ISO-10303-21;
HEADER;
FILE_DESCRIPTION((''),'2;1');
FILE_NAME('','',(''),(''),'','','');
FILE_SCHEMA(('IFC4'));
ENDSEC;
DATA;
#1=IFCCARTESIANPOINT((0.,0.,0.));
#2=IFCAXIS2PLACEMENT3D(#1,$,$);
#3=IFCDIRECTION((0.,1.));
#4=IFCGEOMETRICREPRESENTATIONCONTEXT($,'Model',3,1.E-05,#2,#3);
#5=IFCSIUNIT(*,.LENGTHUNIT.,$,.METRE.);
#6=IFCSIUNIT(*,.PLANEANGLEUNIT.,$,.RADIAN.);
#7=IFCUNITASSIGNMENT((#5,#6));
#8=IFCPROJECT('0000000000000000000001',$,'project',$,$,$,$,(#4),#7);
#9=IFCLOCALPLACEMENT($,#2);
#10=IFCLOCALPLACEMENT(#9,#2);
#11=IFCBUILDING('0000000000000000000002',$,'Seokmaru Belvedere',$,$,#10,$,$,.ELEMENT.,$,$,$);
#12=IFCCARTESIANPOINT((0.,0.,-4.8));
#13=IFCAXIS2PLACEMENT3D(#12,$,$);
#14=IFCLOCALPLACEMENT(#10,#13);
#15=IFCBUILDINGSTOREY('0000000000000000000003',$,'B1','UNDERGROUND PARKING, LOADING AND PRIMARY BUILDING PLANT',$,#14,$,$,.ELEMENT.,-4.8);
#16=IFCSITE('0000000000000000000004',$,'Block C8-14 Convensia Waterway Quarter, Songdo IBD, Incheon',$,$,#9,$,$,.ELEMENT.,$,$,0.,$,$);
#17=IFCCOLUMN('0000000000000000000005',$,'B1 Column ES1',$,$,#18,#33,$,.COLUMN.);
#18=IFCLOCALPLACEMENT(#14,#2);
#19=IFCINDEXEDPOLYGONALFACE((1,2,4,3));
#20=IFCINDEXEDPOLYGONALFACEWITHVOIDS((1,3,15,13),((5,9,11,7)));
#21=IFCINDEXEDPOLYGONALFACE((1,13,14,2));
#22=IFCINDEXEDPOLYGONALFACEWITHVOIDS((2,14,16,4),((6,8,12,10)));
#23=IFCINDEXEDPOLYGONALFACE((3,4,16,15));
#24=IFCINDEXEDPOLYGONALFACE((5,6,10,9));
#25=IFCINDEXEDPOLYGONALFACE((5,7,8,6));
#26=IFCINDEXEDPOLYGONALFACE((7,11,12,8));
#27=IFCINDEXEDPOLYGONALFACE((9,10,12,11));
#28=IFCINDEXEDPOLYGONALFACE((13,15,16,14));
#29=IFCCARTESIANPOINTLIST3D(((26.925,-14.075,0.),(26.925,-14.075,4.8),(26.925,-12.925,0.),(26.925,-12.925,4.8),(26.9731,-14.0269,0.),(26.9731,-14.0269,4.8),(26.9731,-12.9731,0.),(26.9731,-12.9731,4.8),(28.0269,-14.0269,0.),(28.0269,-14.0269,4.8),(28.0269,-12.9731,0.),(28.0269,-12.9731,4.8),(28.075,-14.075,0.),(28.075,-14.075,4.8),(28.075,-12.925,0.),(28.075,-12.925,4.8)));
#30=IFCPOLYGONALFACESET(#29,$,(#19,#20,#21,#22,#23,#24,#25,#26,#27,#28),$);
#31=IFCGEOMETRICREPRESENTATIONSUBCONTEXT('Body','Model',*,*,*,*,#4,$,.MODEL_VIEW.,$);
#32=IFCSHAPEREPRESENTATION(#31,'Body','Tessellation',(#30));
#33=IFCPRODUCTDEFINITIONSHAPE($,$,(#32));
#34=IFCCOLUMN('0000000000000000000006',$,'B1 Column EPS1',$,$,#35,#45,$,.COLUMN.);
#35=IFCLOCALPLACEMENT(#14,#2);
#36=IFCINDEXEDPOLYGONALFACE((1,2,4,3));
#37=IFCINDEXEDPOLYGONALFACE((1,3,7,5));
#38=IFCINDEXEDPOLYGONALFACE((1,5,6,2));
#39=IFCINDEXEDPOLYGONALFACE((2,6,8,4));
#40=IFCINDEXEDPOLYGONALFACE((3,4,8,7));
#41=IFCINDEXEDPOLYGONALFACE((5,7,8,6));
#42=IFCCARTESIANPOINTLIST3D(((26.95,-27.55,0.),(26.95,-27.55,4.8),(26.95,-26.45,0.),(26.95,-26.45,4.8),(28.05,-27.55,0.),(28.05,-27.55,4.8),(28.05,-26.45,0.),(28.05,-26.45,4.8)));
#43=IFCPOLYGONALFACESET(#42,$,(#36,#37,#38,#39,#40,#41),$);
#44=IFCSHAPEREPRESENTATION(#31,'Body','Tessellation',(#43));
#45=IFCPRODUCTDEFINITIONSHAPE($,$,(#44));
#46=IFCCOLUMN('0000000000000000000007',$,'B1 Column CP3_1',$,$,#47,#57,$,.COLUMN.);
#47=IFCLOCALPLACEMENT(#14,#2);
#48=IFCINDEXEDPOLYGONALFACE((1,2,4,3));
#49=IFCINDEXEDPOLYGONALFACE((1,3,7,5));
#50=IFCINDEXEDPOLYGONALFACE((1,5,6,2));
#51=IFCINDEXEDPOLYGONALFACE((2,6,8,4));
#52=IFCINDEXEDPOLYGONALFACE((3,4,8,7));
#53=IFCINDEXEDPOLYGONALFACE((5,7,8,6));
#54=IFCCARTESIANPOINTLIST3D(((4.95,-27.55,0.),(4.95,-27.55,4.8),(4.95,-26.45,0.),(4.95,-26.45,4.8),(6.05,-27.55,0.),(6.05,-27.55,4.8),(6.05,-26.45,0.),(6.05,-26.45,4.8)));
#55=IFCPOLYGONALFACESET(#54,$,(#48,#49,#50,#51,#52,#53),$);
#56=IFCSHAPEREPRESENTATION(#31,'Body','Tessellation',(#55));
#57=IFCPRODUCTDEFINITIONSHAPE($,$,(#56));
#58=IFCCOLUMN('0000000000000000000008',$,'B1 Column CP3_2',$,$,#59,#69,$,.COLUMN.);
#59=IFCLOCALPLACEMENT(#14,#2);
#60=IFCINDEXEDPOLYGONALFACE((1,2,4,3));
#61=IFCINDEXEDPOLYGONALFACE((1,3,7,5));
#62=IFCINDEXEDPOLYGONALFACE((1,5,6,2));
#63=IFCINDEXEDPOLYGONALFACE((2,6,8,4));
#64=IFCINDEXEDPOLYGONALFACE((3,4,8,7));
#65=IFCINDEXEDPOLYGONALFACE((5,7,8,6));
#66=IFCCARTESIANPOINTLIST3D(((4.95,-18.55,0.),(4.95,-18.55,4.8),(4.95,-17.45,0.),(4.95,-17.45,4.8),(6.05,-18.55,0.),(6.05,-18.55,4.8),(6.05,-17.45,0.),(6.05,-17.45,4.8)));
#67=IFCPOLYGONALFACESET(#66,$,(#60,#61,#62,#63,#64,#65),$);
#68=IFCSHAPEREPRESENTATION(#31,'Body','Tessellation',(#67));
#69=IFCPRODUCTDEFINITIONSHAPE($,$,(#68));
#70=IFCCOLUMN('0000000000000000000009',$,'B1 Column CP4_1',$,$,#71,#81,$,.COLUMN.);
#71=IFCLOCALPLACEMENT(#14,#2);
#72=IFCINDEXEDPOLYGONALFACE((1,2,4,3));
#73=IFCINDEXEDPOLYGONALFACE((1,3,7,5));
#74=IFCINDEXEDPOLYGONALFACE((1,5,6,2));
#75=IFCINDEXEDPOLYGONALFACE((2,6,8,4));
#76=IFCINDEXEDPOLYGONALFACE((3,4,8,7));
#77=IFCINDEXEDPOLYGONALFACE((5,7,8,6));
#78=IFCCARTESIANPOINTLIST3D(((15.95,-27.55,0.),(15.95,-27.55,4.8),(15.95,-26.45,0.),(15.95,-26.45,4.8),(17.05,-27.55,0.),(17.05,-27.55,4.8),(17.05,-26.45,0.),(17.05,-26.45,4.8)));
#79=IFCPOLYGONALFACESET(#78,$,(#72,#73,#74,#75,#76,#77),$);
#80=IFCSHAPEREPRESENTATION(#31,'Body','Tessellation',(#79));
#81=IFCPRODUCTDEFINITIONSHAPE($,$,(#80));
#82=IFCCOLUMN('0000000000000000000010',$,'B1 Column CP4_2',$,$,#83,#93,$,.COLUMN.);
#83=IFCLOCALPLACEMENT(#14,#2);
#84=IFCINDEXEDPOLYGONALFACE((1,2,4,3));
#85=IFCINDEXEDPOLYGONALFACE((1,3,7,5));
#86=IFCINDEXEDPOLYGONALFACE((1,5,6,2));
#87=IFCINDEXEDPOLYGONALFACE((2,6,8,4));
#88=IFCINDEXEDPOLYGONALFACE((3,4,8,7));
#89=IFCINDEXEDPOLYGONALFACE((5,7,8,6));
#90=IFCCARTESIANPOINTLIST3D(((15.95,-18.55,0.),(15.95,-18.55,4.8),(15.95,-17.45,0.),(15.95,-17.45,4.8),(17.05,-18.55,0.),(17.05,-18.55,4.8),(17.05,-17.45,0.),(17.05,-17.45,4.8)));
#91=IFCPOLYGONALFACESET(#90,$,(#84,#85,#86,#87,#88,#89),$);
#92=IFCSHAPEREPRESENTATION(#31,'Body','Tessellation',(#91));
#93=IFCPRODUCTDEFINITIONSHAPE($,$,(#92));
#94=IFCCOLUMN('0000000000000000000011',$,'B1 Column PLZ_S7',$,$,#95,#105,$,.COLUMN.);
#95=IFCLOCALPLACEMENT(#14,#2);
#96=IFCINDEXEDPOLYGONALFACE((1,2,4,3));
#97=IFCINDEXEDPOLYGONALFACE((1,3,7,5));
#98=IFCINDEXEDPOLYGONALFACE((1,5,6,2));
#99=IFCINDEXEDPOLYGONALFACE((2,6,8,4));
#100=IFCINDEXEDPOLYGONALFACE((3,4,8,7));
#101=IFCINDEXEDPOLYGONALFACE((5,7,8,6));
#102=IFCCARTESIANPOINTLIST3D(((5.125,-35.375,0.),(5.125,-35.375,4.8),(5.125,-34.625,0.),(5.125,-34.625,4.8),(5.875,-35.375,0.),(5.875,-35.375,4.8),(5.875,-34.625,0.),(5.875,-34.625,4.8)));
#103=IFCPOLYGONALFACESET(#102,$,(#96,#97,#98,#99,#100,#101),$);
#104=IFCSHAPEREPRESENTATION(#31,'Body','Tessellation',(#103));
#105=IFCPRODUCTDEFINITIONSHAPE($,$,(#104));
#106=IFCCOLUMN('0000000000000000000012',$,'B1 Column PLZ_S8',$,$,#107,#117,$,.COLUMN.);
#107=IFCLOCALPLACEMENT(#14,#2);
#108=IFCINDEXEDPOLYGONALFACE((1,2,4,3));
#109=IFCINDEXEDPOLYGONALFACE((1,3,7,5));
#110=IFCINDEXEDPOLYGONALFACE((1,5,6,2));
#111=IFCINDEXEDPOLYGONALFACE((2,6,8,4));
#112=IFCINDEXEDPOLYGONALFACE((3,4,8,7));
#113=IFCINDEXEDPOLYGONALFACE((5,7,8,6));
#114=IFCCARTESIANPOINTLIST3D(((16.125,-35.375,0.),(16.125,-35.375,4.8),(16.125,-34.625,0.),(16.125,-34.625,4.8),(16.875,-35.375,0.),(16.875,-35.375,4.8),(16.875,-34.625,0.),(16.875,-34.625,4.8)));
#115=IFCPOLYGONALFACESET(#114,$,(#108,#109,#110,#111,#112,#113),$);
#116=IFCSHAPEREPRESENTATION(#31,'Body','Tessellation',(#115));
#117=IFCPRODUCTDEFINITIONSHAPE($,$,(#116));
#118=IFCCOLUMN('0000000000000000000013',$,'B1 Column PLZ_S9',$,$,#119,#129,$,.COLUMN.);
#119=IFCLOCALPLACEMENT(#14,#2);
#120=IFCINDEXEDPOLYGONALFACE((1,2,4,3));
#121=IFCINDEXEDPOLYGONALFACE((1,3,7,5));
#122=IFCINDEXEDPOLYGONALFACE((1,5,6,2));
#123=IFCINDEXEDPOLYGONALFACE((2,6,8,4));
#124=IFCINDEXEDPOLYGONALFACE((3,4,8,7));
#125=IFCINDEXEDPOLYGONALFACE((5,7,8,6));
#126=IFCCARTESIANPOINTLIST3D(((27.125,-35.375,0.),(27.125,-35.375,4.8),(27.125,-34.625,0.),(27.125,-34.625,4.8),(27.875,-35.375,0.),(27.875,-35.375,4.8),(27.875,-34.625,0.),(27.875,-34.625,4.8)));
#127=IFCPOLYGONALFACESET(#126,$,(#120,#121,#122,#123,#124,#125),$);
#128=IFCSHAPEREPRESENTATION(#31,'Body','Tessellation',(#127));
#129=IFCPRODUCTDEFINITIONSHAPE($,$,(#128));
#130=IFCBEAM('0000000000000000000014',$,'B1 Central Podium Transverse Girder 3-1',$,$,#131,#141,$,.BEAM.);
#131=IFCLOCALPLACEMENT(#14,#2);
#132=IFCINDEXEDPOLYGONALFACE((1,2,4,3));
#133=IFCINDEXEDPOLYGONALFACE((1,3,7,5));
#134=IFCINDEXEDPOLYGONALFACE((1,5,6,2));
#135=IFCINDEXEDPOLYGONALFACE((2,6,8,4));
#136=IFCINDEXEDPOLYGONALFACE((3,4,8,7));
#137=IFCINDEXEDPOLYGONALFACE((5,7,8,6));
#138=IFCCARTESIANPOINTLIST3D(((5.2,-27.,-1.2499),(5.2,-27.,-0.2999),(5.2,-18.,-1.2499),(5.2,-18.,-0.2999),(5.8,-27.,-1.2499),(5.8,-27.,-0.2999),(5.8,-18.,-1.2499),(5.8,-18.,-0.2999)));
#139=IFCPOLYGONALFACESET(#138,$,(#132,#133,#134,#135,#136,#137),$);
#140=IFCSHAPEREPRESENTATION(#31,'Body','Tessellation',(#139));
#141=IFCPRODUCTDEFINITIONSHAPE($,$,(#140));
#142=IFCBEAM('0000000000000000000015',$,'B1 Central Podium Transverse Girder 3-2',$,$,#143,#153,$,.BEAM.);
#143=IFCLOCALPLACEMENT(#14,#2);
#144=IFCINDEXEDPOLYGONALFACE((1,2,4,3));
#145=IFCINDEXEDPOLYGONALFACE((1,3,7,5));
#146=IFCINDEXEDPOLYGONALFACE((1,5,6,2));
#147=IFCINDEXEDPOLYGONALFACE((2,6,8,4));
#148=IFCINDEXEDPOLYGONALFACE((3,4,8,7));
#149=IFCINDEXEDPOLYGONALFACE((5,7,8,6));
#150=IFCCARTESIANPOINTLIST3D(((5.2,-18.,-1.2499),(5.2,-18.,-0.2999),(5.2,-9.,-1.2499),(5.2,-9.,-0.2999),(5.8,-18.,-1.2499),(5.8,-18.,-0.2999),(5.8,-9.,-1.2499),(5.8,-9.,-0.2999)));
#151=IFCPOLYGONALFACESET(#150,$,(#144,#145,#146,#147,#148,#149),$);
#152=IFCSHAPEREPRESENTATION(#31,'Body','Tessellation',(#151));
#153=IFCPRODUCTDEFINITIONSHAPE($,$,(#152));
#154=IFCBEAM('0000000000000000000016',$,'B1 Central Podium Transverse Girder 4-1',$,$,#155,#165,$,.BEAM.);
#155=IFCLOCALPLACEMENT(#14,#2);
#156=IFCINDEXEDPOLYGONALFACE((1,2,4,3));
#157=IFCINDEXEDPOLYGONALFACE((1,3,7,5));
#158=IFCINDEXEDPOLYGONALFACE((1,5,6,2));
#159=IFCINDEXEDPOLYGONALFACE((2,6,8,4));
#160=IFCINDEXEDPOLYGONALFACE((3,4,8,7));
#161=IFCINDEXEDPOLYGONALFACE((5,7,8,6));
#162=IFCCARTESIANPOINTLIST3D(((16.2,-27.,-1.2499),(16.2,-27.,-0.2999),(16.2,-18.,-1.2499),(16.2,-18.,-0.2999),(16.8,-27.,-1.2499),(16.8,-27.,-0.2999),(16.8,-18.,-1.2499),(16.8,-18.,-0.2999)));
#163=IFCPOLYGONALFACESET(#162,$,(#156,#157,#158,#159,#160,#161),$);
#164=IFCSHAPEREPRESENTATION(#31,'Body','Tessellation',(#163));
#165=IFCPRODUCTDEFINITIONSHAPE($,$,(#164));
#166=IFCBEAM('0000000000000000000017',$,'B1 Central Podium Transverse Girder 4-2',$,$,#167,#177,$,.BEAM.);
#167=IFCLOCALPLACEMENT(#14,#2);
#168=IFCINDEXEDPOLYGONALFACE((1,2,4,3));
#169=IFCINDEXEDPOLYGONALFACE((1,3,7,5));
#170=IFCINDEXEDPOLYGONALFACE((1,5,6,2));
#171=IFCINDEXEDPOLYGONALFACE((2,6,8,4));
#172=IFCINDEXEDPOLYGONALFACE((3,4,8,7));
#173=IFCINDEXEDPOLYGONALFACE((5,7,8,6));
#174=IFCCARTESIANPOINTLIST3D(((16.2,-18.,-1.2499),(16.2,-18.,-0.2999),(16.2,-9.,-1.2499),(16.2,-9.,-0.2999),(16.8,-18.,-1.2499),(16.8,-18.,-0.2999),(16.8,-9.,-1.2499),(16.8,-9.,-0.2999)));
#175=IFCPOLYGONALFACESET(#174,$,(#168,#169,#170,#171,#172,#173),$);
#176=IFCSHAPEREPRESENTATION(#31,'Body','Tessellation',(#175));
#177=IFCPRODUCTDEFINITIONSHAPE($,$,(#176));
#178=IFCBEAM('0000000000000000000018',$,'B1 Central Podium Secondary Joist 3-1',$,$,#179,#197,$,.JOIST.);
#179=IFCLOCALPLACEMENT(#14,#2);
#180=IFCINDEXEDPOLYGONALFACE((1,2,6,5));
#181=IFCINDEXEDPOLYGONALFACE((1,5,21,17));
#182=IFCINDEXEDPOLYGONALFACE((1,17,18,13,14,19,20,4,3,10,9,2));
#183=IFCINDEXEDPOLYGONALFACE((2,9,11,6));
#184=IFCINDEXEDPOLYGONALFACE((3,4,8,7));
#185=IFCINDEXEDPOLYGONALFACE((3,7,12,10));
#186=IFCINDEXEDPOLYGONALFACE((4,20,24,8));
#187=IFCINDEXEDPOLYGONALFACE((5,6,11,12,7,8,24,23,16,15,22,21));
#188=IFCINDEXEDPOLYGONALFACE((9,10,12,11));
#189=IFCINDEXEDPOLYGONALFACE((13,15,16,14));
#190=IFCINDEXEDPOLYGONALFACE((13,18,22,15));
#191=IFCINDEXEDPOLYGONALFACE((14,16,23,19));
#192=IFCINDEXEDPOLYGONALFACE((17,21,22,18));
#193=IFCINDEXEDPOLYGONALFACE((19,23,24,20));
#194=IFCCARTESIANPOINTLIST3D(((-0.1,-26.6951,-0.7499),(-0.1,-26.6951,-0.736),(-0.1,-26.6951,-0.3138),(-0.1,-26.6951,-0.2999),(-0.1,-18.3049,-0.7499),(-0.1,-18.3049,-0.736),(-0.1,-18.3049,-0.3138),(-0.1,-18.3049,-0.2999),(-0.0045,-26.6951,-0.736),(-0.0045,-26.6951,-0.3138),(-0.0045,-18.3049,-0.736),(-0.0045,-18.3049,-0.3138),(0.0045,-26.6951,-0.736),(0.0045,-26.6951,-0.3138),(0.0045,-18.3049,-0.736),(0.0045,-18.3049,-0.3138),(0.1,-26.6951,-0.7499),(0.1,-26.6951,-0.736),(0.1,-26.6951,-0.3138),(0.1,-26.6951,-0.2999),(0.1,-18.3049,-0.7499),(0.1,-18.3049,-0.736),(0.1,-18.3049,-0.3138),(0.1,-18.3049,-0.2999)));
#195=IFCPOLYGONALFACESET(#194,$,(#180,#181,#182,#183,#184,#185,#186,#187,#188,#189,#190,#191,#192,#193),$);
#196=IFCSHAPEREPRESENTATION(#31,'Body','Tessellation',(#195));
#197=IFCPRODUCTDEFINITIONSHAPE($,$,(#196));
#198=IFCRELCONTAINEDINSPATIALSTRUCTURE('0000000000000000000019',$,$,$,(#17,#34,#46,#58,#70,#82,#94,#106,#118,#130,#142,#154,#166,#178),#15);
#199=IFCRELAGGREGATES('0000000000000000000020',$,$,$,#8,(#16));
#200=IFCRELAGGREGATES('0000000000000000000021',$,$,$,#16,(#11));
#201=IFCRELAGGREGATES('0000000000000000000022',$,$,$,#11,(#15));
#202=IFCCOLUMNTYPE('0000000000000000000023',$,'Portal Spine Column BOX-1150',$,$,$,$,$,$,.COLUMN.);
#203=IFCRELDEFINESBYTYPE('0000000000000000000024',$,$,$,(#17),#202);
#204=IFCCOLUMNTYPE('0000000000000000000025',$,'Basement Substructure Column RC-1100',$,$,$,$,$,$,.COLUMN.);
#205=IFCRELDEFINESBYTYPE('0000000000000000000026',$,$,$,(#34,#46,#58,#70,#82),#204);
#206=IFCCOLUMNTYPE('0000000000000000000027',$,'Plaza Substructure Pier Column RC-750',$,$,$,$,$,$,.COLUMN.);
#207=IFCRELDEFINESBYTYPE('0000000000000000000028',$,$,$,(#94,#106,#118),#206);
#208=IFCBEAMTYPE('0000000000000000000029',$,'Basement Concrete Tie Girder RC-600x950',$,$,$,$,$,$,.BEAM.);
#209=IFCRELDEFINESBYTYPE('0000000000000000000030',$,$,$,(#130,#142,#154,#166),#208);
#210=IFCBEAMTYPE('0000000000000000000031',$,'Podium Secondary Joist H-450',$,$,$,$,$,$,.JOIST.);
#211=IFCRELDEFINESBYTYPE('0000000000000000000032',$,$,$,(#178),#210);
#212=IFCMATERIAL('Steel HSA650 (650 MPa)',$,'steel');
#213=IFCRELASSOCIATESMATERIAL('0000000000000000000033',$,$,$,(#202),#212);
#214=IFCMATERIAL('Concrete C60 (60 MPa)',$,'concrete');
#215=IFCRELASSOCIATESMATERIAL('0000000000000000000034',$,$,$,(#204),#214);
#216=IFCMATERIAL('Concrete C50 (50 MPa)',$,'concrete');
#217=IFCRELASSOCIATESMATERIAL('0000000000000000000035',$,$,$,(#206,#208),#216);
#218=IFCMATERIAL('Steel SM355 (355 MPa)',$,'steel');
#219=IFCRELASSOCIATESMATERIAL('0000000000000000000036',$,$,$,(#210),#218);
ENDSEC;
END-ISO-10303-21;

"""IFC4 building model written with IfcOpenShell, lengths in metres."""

from ifc_helpers import new_model, si_unit, direction, frame, origin, origin_2d, place, context, subcontext, project, spatial, rectangle, hollow_rectangle, i_section, extrude, source, transform, mapped, material, material_profile, profile_set, type_object, type_shapes, element, save


model = new_model("IFC4")

# Units and contexts
model_context = context("Model", 3, precision=1e-05, world=origin(), true_north=direction((0.0, 1.0)))
body_context = subcontext(model_context, "Body", "Model", "MODEL_VIEW")
ifc_project = project(units=[si_unit("LENGTHUNIT", "METRE"), si_unit("PLANEANGLEUNIT", "RADIAN")], contexts=[model_context])

# Site, building, storey
site_placement = place(None, origin())
site = spatial("IfcSite", under=ifc_project, at=site_placement, Name="Block C8-14 Convensia Waterway Quarter, Songdo IBD, Incheon", CompositionType="ELEMENT", RefElevation=0.0)
building_placement = place(site_placement, origin())
building = spatial("IfcBuilding", under=site, at=building_placement, Name="Seokmaru Belvedere", CompositionType="ELEMENT")
storey_placement = place(building_placement, frame((0.0, 0.0, -4.8)))
storey = spatial("IfcBuildingStorey", under=building, at=storey_placement, Name="B1", Description="UNDERGROUND PARKING, LOADING AND PRIMARY BUILDING PLANT", CompositionType="ELEMENT", Elevation=-4.8)

# Columns
ifc_material_1 = material(Name="Steel HSA650 (650 MPa)", Category="steel")
ifc_material_profile_1 = material_profile(ifc_material_1, hollow_rectangle(XDim=1.1499, YDim=1.1499, WallThickness=0.0481, at=origin_2d()), Name="BOX-1150x1150x48")
ifc_profile_set_1 = profile_set([ifc_material_profile_1], Name="Steel HSA650 (650 MPa)")
column_type_1 = type_object("IfcColumnType", Name="Portal Spine Column BOX-1150", PredefinedType="COLUMN", material=ifc_profile_set_1)
shared_shape_1 = source(origin(), body_context, "Body", "SweptSolid", [
    extrude(hollow_rectangle(XDim=1.1499, YDim=1.1499, WallThickness=0.0481, at=origin_2d()), origin(), (0.0, 0.0, 1.0), 4.8),
])
type_shapes(column_type_1, [shared_shape_1])
column_placement = place(storey_placement, frame((27.5, -13.5, 0.0), z_axis=(0.0, 0.0, 1.0), x_axis=(1.0, 0.0, 0.0)))
element("IfcColumn", 1, at=column_placement, inside=storey, type_object=column_type_1, Name="B1 Column ES1", PredefinedType="COLUMN", context=body_context, shape_type="MappedRepresentation", body=[
    mapped(shared_shape_1, transform((0.0, 0.0, 0.0), scale=1.0)),
])
ifc_material_2 = material(Name="Concrete C60 (60 MPa)", Category="concrete")
ifc_material_profile_2 = material_profile(ifc_material_2, rectangle(XDim=1.1001, YDim=1.1001, at=origin_2d()), Name="RC-1100x1100")
ifc_profile_set_2 = profile_set([ifc_material_profile_2], Name="Concrete C60 (60 MPa)")
column_type_2 = type_object("IfcColumnType", Name="Basement Substructure Column RC-1100", PredefinedType="COLUMN", material=ifc_profile_set_2)
shared_shape_2 = source(origin(), body_context, "Body", "SweptSolid", [
    extrude(rectangle(XDim=1.1001, YDim=1.1001, at=origin_2d()), origin(), (0.0, 0.0, 1.0), 4.8),
])
type_shapes(column_type_2, [shared_shape_2])
for number, where, z_axis, x_axis, name in (
    (2, (27.5, -27.0, 0.0), (0.0, 0.0, 1.0), (1.0, 0.0, 0.0), "B1 Column EPS1"),
    (3, (5.5, -27.0, 0.0), (0.0, 0.0, 1.0), (1.0, 0.0, 0.0), "B1 Column CP3_1"),
    (4, (5.5, -18.0, 0.0), (0.0, 0.0, 1.0), (1.0, 0.0, 0.0), "B1 Column CP3_2"),
    (5, (16.5, -27.0, 0.0), (0.0, 0.0, 1.0), (1.0, 0.0, 0.0), "B1 Column CP4_1"),
    (6, (16.5, -18.0, 0.0), (0.0, 0.0, 1.0), (1.0, 0.0, 0.0), "B1 Column CP4_2"),
):
    element("IfcColumn", number, at=place(storey_placement, frame(where, z_axis=z_axis, x_axis=x_axis)), inside=storey, type_object=column_type_2, Name=name, PredefinedType="COLUMN", context=body_context, shape_type="MappedRepresentation", body=[
        mapped(shared_shape_2, transform((0.0, 0.0, 0.0), scale=1.0)),
    ])
ifc_material_3 = material(Name="Concrete C50 (50 MPa)", Category="concrete")
ifc_material_profile_3 = material_profile(ifc_material_3, rectangle(XDim=0.75, YDim=0.75, at=origin_2d()), Name="RC-750x750")
ifc_profile_set_3 = profile_set([ifc_material_profile_3], Name="Concrete C50 (50 MPa)")
column_type_3 = type_object("IfcColumnType", Name="Plaza Substructure Pier Column RC-750", PredefinedType="COLUMN", material=ifc_profile_set_3)
shared_shape_3 = source(origin(), body_context, "Body", "SweptSolid", [
    extrude(rectangle(XDim=0.75, YDim=0.75, at=origin_2d()), origin(), (0.0, 0.0, 1.0), 4.8),
])
type_shapes(column_type_3, [shared_shape_3])
for number, where, z_axis, x_axis, name in (
    (7, (5.5, -35.0, 0.0), (0.0, 0.0, 1.0), (1.0, 0.0, 0.0), "B1 Column PLZ_S7"),
    (8, (16.5, -35.0, 0.0), (0.0, 0.0, 1.0), (1.0, 0.0, 0.0), "B1 Column PLZ_S8"),
    (9, (27.5, -35.0, 0.0), (0.0, 0.0, 1.0), (1.0, 0.0, 0.0), "B1 Column PLZ_S9"),
):
    element("IfcColumn", number, at=place(storey_placement, frame(where, z_axis=z_axis, x_axis=x_axis)), inside=storey, type_object=column_type_3, Name=name, PredefinedType="COLUMN", context=body_context, shape_type="MappedRepresentation", body=[
        mapped(shared_shape_3, transform((0.0, 0.0, 0.0), scale=1.0)),
    ])

# Beams
ifc_material_profile_4 = material_profile(ifc_material_3, rectangle(XDim=0.6001, YDim=0.95, at=origin_2d()), Name="RC-600x950")
ifc_profile_set_4 = profile_set([ifc_material_profile_4], Name="Concrete C50 (50 MPa)")
beam_type_1 = type_object("IfcBeamType", Name="Basement Concrete Tie Girder RC-600x950", PredefinedType="BEAM", material=ifc_profile_set_4)
shared_shape_4 = source(origin(), body_context, "Body", "SweptSolid", [
    extrude(rectangle(XDim=0.6001, YDim=0.95, at=origin_2d()), origin(), (0.0, 0.0, 1.0), 9.0),
])
for number, where, z_axis, x_axis, name in (
    (10, (5.5, -27.0, -0.7749), (0.0, 1.0, 0.0), (-1.0, 0.0, 0.0), "B1 Central Podium Transverse Girder 3-1"),
    (11, (5.5, -18.0, -0.7749), (0.0, 1.0, 0.0), (-1.0, 0.0, 0.0), "B1 Central Podium Transverse Girder 3-2"),
    (12, (16.5, -27.0, -0.7749), (0.0, 1.0, 0.0), (-1.0, 0.0, 0.0), "B1 Central Podium Transverse Girder 4-1"),
    (13, (16.5, -18.0, -0.7749), (0.0, 1.0, 0.0), (-1.0, 0.0, 0.0), "B1 Central Podium Transverse Girder 4-2"),
):
    element("IfcBeam", number, at=place(storey_placement, frame(where, z_axis=z_axis, x_axis=x_axis)), inside=storey, type_object=beam_type_1, Name=name, PredefinedType="BEAM", context=body_context, shape_type="MappedRepresentation", body=[
        mapped(shared_shape_4, transform((0.0, 0.0, 0.0), scale=1.0)),
    ])
ifc_material_4 = material(Name="Steel SM355 (355 MPa)", Category="steel")
ifc_material_profile_5 = material_profile(ifc_material_4, i_section(OverallWidth=0.2, OverallDepth=0.45, WebThickness=0.009, FlangeThickness=0.0139, at=origin_2d()), Name="H-450x200x9x14")
ifc_profile_set_5 = profile_set([ifc_material_profile_5], Name="Steel SM355 (355 MPa)")
beam_type_2 = type_object("IfcBeamType", Name="Podium Secondary Joist H-450", PredefinedType="JOIST", material=ifc_profile_set_5)
shared_shape_5 = source(origin(), body_context, "Body", "SweptSolid", [
    extrude(i_section(OverallWidth=0.2, OverallDepth=0.45, WebThickness=0.009, FlangeThickness=0.0139, at=origin_2d()), origin(), (0.0, 0.0, 1.0), 8.3901),
])
type_shapes(beam_type_2, [shared_shape_5])
for number, where, z_axis, x_axis, name in (
    (14, (0.0, -26.6951, -0.5249), (0.0, 1.0, 0.0), (-1.0, 0.0, 0.0), "B1 Central Podium Secondary Joist 3-1"),
):
    element("IfcBeam", number, at=place(storey_placement, frame(where, z_axis=z_axis, x_axis=x_axis)), inside=storey, type_object=beam_type_2, Name=name, PredefinedType="JOIST", context=body_context, shape_type="MappedRepresentation", body=[
        mapped(shared_shape_5, transform((0.0, 0.0, 0.0), scale=1.0)),
    ])

save(model, "model.ifc")
